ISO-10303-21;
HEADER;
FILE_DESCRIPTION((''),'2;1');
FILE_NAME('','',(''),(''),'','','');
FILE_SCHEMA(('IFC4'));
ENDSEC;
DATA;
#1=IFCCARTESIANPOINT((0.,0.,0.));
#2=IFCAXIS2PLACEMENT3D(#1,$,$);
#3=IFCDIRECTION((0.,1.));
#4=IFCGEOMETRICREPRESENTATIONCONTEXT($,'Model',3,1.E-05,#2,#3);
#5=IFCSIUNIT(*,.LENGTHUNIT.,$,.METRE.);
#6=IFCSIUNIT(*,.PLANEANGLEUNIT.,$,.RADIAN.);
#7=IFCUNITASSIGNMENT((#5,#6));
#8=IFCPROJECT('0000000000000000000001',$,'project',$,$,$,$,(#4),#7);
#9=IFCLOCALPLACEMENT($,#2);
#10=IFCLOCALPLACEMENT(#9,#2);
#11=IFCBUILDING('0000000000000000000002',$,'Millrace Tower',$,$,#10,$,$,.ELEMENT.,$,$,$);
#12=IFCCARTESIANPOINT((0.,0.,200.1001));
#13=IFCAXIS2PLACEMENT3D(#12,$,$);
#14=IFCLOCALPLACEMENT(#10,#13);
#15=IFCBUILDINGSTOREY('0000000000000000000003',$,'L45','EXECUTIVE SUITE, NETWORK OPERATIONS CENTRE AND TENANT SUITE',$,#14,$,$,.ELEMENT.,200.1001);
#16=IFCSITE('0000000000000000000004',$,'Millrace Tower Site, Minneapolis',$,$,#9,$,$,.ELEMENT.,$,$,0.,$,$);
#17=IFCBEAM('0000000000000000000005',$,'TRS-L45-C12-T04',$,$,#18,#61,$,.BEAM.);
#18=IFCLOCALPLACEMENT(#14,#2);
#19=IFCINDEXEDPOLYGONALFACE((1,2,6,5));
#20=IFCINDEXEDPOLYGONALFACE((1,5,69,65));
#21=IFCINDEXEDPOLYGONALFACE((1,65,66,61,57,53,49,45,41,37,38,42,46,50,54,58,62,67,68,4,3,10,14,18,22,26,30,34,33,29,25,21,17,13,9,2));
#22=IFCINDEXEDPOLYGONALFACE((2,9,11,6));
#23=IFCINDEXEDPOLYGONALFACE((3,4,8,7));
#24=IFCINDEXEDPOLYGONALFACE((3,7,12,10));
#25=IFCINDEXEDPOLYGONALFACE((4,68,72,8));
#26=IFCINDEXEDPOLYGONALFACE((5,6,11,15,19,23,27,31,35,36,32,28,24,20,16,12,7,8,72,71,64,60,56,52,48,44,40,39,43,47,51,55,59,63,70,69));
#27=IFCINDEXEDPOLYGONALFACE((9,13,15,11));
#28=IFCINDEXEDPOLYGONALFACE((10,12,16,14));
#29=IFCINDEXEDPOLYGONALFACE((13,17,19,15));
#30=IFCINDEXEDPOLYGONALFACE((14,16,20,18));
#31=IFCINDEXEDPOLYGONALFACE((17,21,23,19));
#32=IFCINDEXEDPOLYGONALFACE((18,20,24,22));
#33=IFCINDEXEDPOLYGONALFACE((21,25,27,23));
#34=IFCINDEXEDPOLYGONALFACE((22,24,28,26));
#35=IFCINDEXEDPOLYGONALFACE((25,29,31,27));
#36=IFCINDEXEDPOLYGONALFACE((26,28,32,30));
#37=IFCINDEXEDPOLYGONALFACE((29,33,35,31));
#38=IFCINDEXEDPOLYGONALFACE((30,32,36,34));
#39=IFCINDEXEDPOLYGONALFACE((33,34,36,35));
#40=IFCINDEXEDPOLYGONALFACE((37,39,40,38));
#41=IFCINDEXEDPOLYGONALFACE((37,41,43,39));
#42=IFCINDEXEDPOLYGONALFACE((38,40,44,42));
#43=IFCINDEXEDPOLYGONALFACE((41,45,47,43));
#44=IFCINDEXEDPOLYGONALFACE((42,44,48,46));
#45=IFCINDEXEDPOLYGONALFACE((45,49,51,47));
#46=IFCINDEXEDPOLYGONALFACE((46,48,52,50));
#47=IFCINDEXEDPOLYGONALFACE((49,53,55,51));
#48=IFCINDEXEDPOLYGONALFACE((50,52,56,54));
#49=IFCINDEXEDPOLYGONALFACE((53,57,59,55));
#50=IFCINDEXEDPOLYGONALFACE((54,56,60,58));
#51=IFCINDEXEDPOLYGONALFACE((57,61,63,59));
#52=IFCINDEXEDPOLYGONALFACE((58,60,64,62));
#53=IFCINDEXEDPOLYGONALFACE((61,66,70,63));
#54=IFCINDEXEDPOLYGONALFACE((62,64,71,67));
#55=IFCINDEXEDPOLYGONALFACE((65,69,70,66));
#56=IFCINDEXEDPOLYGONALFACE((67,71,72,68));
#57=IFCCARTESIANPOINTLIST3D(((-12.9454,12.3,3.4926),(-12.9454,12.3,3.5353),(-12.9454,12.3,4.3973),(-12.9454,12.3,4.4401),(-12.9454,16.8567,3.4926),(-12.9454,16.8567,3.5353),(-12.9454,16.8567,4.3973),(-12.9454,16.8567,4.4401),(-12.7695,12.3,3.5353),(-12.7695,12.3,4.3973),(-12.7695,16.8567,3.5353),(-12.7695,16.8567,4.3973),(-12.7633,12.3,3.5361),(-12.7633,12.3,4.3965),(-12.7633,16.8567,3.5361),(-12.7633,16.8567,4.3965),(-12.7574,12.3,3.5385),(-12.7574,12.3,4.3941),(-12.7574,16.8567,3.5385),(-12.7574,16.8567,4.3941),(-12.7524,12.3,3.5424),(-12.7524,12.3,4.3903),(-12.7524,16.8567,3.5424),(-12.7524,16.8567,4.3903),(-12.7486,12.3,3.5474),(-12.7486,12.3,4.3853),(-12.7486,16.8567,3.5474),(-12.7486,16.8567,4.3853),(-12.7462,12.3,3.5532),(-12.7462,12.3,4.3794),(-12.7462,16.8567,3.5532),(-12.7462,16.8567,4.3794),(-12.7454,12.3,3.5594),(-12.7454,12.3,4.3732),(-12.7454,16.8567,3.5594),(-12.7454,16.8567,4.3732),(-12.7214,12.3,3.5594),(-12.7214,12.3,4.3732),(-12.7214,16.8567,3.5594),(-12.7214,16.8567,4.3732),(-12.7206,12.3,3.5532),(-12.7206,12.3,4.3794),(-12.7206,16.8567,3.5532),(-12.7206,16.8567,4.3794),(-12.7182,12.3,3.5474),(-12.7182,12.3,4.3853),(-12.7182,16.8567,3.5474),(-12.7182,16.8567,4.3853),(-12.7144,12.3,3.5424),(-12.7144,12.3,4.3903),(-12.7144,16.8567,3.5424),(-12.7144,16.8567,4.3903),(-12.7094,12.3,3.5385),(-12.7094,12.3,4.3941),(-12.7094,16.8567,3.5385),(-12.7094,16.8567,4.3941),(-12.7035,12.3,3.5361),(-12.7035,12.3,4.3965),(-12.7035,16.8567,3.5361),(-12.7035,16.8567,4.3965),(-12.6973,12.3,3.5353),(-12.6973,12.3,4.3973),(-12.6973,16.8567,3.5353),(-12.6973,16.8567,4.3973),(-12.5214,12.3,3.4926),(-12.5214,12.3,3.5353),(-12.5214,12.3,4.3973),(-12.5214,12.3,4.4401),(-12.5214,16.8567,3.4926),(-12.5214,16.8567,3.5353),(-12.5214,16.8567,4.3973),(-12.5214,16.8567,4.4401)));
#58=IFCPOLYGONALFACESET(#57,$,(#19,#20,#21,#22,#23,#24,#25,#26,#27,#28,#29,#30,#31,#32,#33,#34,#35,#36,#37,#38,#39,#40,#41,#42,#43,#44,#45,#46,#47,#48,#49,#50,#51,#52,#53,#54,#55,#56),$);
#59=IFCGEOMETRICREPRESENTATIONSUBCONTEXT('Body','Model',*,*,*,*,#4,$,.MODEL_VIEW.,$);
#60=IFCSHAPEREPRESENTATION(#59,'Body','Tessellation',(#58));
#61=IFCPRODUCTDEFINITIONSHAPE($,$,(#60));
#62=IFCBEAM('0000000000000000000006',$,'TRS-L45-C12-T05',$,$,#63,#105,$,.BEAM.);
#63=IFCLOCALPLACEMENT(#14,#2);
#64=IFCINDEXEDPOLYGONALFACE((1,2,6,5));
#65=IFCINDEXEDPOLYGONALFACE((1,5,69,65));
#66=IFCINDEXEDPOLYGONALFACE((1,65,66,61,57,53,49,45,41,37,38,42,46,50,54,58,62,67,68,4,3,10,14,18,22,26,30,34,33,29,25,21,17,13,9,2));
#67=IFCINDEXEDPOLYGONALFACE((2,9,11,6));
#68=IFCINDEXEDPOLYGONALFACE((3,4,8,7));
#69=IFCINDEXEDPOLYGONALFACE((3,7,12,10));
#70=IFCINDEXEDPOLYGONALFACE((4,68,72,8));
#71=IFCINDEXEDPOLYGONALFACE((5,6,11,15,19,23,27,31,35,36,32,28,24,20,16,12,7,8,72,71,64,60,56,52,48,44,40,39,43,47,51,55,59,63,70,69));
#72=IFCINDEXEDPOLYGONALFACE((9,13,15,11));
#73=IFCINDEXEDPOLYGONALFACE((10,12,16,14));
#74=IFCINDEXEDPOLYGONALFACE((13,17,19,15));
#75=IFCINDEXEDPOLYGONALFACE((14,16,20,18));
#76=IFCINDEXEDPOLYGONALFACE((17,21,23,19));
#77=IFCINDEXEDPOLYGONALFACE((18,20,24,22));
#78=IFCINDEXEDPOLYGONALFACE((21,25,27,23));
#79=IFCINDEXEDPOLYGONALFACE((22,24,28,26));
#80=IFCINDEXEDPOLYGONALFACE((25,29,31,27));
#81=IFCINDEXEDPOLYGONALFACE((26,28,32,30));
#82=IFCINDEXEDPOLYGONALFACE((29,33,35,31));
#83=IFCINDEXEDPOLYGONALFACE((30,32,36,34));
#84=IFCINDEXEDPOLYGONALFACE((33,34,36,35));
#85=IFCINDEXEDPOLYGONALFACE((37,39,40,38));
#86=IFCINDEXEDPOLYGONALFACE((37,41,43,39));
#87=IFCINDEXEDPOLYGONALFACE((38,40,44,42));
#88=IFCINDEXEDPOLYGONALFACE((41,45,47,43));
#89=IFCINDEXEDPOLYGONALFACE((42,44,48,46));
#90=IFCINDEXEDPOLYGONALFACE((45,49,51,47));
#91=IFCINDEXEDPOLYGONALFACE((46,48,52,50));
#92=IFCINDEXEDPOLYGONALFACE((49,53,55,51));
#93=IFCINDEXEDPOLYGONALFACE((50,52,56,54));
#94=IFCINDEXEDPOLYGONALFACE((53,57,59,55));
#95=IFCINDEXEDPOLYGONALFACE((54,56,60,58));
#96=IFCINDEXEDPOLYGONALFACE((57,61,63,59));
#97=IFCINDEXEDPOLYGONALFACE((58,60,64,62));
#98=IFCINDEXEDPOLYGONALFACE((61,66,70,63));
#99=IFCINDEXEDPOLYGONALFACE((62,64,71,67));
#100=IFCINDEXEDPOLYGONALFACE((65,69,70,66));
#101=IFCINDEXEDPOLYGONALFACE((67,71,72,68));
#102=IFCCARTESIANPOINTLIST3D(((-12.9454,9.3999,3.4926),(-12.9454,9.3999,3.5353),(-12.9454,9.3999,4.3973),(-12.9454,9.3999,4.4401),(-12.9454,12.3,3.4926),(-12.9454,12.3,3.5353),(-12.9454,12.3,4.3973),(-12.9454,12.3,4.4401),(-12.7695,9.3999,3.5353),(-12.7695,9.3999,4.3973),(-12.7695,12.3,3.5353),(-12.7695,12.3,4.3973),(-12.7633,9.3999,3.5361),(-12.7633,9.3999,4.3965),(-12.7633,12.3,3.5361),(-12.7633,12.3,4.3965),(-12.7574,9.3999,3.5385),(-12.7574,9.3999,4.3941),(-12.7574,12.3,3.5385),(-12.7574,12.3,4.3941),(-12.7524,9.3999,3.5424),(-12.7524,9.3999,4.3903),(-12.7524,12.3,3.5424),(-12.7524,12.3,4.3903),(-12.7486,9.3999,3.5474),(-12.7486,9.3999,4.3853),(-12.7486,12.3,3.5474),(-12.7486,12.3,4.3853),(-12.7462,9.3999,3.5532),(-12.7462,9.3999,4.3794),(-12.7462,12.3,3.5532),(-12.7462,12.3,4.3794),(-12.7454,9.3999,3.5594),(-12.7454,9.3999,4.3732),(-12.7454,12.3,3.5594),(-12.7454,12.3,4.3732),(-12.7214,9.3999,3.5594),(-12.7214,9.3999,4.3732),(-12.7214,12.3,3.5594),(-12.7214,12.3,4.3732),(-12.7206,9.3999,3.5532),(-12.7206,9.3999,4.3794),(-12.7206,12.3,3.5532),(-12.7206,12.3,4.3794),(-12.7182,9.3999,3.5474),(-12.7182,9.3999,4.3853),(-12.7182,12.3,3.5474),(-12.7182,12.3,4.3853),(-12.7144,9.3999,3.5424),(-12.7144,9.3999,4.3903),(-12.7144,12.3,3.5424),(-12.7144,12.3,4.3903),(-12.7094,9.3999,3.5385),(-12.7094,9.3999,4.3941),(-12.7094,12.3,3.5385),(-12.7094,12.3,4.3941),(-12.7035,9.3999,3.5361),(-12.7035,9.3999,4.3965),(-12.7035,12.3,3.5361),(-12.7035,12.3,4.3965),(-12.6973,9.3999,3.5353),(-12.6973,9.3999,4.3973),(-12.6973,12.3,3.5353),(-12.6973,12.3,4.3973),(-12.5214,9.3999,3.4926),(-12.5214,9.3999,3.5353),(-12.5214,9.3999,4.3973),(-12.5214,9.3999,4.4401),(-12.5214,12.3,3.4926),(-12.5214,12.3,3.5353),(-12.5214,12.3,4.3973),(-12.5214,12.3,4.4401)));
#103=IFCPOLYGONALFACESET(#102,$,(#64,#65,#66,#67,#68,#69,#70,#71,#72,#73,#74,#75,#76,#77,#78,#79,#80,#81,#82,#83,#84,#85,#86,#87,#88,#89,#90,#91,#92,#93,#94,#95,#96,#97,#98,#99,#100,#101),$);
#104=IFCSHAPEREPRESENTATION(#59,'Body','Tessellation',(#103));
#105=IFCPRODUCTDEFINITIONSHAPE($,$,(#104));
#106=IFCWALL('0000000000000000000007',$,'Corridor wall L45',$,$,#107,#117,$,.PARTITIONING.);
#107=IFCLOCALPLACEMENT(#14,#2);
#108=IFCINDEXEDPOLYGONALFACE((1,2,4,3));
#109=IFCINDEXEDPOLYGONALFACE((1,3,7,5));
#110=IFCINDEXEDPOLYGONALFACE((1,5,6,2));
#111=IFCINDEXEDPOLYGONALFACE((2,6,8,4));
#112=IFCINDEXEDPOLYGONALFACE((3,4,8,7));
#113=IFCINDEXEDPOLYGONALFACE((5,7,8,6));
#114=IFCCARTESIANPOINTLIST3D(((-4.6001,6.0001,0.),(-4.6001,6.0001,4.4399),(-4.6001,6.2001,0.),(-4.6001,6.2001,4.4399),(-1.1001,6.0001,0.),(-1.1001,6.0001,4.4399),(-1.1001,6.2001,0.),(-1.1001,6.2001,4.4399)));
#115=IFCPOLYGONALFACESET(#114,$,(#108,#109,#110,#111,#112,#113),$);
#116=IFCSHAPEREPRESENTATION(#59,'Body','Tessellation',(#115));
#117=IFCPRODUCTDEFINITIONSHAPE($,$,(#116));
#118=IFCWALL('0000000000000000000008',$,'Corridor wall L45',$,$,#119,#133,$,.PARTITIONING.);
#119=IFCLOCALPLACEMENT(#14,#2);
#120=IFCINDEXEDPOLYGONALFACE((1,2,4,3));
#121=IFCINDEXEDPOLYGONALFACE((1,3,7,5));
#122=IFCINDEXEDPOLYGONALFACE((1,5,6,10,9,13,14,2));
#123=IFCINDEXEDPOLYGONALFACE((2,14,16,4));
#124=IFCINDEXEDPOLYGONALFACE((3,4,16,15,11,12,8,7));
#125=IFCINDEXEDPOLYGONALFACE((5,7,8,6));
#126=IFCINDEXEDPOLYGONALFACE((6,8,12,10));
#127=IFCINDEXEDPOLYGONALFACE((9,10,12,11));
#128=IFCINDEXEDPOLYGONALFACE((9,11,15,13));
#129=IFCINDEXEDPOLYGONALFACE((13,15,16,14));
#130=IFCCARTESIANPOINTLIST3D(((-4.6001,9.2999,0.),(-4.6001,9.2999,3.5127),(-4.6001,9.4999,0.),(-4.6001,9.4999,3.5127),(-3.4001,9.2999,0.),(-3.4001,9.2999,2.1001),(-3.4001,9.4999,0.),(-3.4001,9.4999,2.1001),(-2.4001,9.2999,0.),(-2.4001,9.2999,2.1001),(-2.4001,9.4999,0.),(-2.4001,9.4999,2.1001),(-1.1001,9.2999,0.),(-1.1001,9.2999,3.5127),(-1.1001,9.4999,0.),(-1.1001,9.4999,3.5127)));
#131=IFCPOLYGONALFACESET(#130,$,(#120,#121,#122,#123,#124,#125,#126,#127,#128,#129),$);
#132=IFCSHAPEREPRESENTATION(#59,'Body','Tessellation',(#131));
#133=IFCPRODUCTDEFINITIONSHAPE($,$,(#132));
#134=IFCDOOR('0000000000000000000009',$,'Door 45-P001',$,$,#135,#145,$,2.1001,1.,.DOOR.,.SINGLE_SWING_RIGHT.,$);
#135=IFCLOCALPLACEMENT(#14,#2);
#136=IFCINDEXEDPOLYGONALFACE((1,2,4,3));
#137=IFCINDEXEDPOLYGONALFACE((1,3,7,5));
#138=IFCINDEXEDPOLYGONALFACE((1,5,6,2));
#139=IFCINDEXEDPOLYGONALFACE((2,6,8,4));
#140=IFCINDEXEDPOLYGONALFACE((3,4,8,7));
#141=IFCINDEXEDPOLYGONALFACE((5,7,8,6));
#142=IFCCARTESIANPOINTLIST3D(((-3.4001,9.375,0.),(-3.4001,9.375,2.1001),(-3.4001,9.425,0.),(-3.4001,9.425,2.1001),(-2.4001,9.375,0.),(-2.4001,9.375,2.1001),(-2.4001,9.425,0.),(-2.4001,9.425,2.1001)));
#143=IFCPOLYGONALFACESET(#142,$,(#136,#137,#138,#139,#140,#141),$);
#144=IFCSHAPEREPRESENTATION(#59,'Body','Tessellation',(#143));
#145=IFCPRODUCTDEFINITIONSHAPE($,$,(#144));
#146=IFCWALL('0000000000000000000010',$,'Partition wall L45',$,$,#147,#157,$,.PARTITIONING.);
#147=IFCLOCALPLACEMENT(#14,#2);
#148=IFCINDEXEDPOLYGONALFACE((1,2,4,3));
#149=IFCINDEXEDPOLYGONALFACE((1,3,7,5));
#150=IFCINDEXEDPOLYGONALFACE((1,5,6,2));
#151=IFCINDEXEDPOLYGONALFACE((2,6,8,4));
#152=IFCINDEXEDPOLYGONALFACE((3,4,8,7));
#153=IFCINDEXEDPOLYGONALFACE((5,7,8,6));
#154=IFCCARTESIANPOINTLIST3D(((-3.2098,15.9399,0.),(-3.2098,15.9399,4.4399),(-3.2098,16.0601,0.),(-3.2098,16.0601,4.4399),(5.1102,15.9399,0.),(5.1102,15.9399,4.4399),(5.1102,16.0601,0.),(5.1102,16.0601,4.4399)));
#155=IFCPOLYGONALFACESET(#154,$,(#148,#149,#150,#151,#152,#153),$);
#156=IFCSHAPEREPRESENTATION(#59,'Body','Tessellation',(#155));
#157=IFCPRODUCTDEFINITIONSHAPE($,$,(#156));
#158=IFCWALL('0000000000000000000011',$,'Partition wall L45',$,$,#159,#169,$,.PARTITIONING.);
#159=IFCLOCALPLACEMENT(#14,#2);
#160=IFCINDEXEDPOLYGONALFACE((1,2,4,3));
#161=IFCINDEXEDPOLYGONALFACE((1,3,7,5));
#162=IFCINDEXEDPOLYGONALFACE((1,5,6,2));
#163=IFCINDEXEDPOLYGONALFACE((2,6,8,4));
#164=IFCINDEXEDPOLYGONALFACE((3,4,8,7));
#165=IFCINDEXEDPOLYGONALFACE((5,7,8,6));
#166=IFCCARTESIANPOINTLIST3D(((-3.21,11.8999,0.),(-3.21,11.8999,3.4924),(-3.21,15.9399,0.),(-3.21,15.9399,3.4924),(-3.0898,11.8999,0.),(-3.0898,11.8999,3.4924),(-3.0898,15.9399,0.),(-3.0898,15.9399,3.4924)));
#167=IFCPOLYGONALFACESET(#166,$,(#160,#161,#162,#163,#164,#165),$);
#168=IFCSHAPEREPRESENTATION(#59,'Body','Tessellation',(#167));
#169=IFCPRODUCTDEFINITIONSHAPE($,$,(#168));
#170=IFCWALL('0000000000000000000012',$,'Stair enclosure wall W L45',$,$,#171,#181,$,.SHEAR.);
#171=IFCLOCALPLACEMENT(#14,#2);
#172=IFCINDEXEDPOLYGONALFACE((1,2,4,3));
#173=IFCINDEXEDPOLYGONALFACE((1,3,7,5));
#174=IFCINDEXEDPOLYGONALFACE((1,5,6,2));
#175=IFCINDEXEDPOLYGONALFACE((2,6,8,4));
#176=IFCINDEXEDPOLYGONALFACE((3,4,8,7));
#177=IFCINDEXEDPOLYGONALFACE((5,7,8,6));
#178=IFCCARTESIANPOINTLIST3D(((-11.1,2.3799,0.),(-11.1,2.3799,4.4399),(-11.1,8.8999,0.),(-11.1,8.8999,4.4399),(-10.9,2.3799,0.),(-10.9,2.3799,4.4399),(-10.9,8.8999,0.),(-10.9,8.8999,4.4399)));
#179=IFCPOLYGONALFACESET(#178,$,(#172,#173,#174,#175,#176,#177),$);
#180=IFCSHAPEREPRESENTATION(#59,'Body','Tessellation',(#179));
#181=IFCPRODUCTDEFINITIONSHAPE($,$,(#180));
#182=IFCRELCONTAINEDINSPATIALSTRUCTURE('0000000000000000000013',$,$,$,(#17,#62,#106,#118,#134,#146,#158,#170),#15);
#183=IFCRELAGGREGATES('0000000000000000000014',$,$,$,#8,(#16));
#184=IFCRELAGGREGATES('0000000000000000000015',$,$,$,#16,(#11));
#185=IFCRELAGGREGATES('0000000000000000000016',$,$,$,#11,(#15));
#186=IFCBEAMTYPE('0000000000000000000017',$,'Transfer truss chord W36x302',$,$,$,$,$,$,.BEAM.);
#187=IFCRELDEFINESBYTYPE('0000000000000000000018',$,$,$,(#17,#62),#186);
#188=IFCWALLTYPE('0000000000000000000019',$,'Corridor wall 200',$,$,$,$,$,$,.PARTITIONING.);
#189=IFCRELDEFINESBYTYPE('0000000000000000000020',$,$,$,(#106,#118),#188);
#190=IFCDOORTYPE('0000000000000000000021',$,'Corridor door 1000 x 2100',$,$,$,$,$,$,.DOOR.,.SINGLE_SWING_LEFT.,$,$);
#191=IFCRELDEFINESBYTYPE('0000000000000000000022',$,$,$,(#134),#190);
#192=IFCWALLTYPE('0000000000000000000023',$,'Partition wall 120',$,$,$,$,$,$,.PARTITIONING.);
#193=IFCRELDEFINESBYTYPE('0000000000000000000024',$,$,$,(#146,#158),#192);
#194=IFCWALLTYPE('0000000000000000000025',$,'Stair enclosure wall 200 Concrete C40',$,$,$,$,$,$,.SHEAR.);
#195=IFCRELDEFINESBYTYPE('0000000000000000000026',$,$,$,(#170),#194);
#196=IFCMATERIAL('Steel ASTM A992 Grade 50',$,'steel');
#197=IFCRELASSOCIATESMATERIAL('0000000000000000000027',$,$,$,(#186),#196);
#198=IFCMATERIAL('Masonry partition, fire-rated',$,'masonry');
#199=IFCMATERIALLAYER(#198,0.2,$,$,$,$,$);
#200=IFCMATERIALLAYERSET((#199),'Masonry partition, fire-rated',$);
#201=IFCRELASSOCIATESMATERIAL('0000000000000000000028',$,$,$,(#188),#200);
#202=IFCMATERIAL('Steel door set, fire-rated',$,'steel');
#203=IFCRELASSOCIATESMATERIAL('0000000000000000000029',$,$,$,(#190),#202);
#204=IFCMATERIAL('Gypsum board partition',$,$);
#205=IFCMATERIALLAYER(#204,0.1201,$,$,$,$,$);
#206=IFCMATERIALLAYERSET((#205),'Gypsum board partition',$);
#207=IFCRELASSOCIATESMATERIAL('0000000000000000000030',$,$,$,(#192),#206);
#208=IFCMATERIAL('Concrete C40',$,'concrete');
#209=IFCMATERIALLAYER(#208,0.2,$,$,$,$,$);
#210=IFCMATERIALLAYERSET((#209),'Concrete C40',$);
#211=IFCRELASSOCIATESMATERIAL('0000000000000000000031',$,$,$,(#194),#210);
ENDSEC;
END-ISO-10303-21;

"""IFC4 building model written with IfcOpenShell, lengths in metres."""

from ifc_helpers import new_model, si_unit, direction, frame, frame_2d, origin, origin_2d, place, context, subcontext, project, spatial, rectangle, i_section, extrude, material, layer, layer_set, material_profile, profile_set, type_object, element, fill, save


model = new_model("IFC4")

# Units and contexts
model_context = context("Model", 3, precision=1e-05, world=origin(), true_north=direction((0.0, 1.0)))
body_context = subcontext(model_context, "Body", "Model", "MODEL_VIEW")
ifc_project = project(units=[si_unit("LENGTHUNIT", "METRE"), si_unit("PLANEANGLEUNIT", "RADIAN")], contexts=[model_context])

# Site, building, storey
site_placement = place(None, origin())
site = spatial("IfcSite", under=ifc_project, at=site_placement, Name="Millrace Tower Site, Minneapolis", CompositionType="ELEMENT", RefElevation=0.0)
building_placement = place(site_placement, origin())
building = spatial("IfcBuilding", under=site, at=building_placement, Name="Millrace Tower", CompositionType="ELEMENT")
storey_placement = place(building_placement, frame((0.0, 0.0, 200.1001)))
storey = spatial("IfcBuildingStorey", under=building, at=storey_placement, Name="L45", Description="EXECUTIVE SUITE, NETWORK OPERATIONS CENTRE AND TENANT SUITE", CompositionType="ELEMENT", Elevation=200.1001)

# Beams
ifc_material_1 = material(Name="Steel ASTM A992 Grade 50", Category="steel")
ifc_material_profile_1 = material_profile(ifc_material_1, i_section(OverallWidth=0.4241, OverallDepth=0.9475, WebThickness=0.0239, FlangeThickness=0.0427, FilletRadius=0.0242, at=origin_2d()))
ifc_profile_set_1 = profile_set([ifc_material_profile_1], Name="Steel ASTM A992 Grade 50")
beam_type_1 = type_object("IfcBeamType", Name="Transfer truss chord W36x302", PredefinedType="BEAM", material=ifc_profile_set_1)
for number, where, z_axis, x_axis, name in (
    (1, (-12.7334, 16.8567, 3.9663), (0.0, -1.0, 0.0), (1.0, 0.0, 0.0), "TRS-L45-C12-T04"),
):
    element("IfcBeam", number, at=place(storey_placement, frame(where, z_axis=z_axis, x_axis=x_axis)), inside=storey, type_object=beam_type_1, Name=name, PredefinedType="BEAM", context=body_context, shape_type="SweptSolid", body=[
        extrude(i_section(OverallWidth=0.4241, OverallDepth=0.9475, WebThickness=0.0239, FlangeThickness=0.0427, FilletRadius=0.0242, at=origin_2d()), origin(), (0.0, 0.0, 1.0), 4.5566),
    ])
beam_1_placement = place(storey_placement, frame((-12.7334, 12.3, 3.9663), z_axis=(0.0, -1.0, 0.0), x_axis=(1.0, 0.0, 0.0)))
element("IfcBeam", 2, at=beam_1_placement, inside=storey, type_object=beam_type_1, Name="TRS-L45-C12-T05", PredefinedType="BEAM", context=body_context, shape_type="SweptSolid", body=[
    extrude(i_section(OverallWidth=0.4241, OverallDepth=0.9475, WebThickness=0.0239, FlangeThickness=0.0427, FilletRadius=0.0242, at=origin_2d()), origin(), (0.0, 0.0, 1.0), 2.9001),
])

# Wall
ifc_material_2 = material(Name="Masonry partition, fire-rated", Category="masonry")
ifc_layer_1 = layer(ifc_material_2, 0.2)
ifc_layer_set_1 = layer_set([ifc_layer_1], Name="Masonry partition, fire-rated")
wall_type_1 = type_object("IfcWallType", Name="Corridor wall 200", PredefinedType="PARTITIONING", material=ifc_layer_set_1)
wall_1_placement = place(storey_placement, frame((-4.6001, 6.1001, 0.0), z_axis=(0.0, 0.0, 1.0), x_axis=(1.0, 0.0, 0.0)))
element("IfcWall", 3, at=wall_1_placement, inside=storey, type_object=wall_type_1, Name="Corridor wall L45", PredefinedType="PARTITIONING", context=body_context, shape_type="SweptSolid", body=[
    extrude(rectangle(XDim=3.5, YDim=0.2, at=frame_2d((1.75, 0.0))), origin(), (0.0, 0.0, 1.0), 4.4399),
])

# Wall, opening, door
wall_2_placement = place(storey_placement, frame((-4.6001, 9.3999, 0.0), z_axis=(0.0, 0.0, 1.0), x_axis=(1.0, 0.0, 0.0)))
wall_2 = element("IfcWall", 4, at=wall_2_placement, inside=storey, type_object=wall_type_1, Name="Corridor wall L45", PredefinedType="PARTITIONING", context=body_context, shape_type="SweptSolid", body=[
    extrude(rectangle(XDim=3.5, YDim=0.2, at=frame_2d((1.75, 0.0))), origin(), (0.0, 0.0, 1.0), 3.5127),
])
opening_placement = place(wall_2_placement, frame((1.2, 0.0, 0.0)))
opening = element("IfcOpeningElement", 5, at=opening_placement, cuts=wall_2, PredefinedType="OPENING", context=body_context, shape_type="SweptSolid", body=[
    extrude(rectangle(XDim=1.0, YDim=2.1001, at=frame_2d((0.5, 1.05))), frame((0.0, 0.1099, 0.0), z_axis=(0.0, -1.0, 0.0), x_axis=(1.0, 0.0, 0.0)), (0.0, 0.0, 1.0), 0.22),
])
ifc_material_3 = material(Name="Steel door set, fire-rated", Category="steel")
door_type = type_object("IfcDoorType", Name="Corridor door 1000 x 2100", OperationType="SINGLE_SWING_LEFT", PredefinedType="DOOR", material=ifc_material_3)
door_placement = place(opening_placement, frame((1.0, 0.0, 0.0), z_axis=(0.0, 0.0, 1.0), x_axis=(-1.0, 0.0, 0.0)))
door = element("IfcDoor", 6, at=door_placement, inside=storey, type_object=door_type, Name="Door 45-P001", OperationType="SINGLE_SWING_RIGHT", OverallHeight=2.1001, OverallWidth=1.0, PredefinedType="DOOR", context=body_context, shape_type="SweptSolid", body=[
    extrude(rectangle(XDim=1.0, YDim=2.1001, at=frame_2d((0.5, 1.05))), frame((0.0, 0.0249, 0.0), z_axis=(0.0, -1.0, 0.0), x_axis=(1.0, 0.0, 0.0)), (0.0, 0.0, 1.0), 0.05),
])
fill(opening, door)

# Walls
ifc_material_4 = material(Name="Gypsum board partition")
ifc_layer_2 = layer(ifc_material_4, 0.1201)
ifc_layer_set_2 = layer_set([ifc_layer_2], Name="Gypsum board partition")
wall_type_2 = type_object("IfcWallType", Name="Partition wall 120", PredefinedType="PARTITIONING", material=ifc_layer_set_2)
wall_3_placement = place(storey_placement, frame((-3.21, 16.0, 0.0), z_axis=(0.0, 0.0, 1.0), x_axis=(1.0, 0.0, 0.0)))
element("IfcWall", 7, at=wall_3_placement, inside=storey, type_object=wall_type_2, Name="Partition wall L45", PredefinedType="PARTITIONING", context=body_context, shape_type="SweptSolid", body=[
    extrude(rectangle(XDim=8.3201, YDim=0.1201, at=frame_2d((4.1602, 0.0))), origin(), (0.0, 0.0, 1.0), 4.4399),
])
wall_4_placement = place(storey_placement, frame((-3.1499, 11.8999, 0.0), z_axis=(0.0, 0.0, 1.0), x_axis=(0.0, 1.0, 0.0)))
element("IfcWall", 8, at=wall_4_placement, inside=storey, type_object=wall_type_2, Name="Partition wall L45", PredefinedType="PARTITIONING", context=body_context, shape_type="SweptSolid", body=[
    extrude(rectangle(XDim=4.04, YDim=0.1201, at=frame_2d((2.02, 0.0))), origin(), (0.0, 0.0, 1.0), 3.4924),
])
ifc_material_5 = material(Name="Concrete C40", Category="concrete")
ifc_layer_3 = layer(ifc_material_5, 0.2)
ifc_layer_set_3 = layer_set([ifc_layer_3], Name="Concrete C40")
wall_type_3 = type_object("IfcWallType", Name="Stair enclosure wall 200 Concrete C40", PredefinedType="SHEAR", material=ifc_layer_set_3)
for number, where, z_axis, x_axis, name in (
    (9, (-11.0, 2.3799, 0.0), (0.0, 0.0, 1.0), (0.0, 1.0, 0.0), "Stair enclosure wall W L45"),
):
    element("IfcWall", number, at=place(storey_placement, frame(where, z_axis=z_axis, x_axis=x_axis)), inside=storey, type_object=wall_type_3, Name=name, PredefinedType="SHEAR", context=body_context, shape_type="SweptSolid", body=[
        extrude(rectangle(XDim=6.52, YDim=0.2, at=frame_2d((3.26, 0.0))), origin(), (0.0, 0.0, 1.0), 4.4399),
    ])

save(model, "model.ifc")
